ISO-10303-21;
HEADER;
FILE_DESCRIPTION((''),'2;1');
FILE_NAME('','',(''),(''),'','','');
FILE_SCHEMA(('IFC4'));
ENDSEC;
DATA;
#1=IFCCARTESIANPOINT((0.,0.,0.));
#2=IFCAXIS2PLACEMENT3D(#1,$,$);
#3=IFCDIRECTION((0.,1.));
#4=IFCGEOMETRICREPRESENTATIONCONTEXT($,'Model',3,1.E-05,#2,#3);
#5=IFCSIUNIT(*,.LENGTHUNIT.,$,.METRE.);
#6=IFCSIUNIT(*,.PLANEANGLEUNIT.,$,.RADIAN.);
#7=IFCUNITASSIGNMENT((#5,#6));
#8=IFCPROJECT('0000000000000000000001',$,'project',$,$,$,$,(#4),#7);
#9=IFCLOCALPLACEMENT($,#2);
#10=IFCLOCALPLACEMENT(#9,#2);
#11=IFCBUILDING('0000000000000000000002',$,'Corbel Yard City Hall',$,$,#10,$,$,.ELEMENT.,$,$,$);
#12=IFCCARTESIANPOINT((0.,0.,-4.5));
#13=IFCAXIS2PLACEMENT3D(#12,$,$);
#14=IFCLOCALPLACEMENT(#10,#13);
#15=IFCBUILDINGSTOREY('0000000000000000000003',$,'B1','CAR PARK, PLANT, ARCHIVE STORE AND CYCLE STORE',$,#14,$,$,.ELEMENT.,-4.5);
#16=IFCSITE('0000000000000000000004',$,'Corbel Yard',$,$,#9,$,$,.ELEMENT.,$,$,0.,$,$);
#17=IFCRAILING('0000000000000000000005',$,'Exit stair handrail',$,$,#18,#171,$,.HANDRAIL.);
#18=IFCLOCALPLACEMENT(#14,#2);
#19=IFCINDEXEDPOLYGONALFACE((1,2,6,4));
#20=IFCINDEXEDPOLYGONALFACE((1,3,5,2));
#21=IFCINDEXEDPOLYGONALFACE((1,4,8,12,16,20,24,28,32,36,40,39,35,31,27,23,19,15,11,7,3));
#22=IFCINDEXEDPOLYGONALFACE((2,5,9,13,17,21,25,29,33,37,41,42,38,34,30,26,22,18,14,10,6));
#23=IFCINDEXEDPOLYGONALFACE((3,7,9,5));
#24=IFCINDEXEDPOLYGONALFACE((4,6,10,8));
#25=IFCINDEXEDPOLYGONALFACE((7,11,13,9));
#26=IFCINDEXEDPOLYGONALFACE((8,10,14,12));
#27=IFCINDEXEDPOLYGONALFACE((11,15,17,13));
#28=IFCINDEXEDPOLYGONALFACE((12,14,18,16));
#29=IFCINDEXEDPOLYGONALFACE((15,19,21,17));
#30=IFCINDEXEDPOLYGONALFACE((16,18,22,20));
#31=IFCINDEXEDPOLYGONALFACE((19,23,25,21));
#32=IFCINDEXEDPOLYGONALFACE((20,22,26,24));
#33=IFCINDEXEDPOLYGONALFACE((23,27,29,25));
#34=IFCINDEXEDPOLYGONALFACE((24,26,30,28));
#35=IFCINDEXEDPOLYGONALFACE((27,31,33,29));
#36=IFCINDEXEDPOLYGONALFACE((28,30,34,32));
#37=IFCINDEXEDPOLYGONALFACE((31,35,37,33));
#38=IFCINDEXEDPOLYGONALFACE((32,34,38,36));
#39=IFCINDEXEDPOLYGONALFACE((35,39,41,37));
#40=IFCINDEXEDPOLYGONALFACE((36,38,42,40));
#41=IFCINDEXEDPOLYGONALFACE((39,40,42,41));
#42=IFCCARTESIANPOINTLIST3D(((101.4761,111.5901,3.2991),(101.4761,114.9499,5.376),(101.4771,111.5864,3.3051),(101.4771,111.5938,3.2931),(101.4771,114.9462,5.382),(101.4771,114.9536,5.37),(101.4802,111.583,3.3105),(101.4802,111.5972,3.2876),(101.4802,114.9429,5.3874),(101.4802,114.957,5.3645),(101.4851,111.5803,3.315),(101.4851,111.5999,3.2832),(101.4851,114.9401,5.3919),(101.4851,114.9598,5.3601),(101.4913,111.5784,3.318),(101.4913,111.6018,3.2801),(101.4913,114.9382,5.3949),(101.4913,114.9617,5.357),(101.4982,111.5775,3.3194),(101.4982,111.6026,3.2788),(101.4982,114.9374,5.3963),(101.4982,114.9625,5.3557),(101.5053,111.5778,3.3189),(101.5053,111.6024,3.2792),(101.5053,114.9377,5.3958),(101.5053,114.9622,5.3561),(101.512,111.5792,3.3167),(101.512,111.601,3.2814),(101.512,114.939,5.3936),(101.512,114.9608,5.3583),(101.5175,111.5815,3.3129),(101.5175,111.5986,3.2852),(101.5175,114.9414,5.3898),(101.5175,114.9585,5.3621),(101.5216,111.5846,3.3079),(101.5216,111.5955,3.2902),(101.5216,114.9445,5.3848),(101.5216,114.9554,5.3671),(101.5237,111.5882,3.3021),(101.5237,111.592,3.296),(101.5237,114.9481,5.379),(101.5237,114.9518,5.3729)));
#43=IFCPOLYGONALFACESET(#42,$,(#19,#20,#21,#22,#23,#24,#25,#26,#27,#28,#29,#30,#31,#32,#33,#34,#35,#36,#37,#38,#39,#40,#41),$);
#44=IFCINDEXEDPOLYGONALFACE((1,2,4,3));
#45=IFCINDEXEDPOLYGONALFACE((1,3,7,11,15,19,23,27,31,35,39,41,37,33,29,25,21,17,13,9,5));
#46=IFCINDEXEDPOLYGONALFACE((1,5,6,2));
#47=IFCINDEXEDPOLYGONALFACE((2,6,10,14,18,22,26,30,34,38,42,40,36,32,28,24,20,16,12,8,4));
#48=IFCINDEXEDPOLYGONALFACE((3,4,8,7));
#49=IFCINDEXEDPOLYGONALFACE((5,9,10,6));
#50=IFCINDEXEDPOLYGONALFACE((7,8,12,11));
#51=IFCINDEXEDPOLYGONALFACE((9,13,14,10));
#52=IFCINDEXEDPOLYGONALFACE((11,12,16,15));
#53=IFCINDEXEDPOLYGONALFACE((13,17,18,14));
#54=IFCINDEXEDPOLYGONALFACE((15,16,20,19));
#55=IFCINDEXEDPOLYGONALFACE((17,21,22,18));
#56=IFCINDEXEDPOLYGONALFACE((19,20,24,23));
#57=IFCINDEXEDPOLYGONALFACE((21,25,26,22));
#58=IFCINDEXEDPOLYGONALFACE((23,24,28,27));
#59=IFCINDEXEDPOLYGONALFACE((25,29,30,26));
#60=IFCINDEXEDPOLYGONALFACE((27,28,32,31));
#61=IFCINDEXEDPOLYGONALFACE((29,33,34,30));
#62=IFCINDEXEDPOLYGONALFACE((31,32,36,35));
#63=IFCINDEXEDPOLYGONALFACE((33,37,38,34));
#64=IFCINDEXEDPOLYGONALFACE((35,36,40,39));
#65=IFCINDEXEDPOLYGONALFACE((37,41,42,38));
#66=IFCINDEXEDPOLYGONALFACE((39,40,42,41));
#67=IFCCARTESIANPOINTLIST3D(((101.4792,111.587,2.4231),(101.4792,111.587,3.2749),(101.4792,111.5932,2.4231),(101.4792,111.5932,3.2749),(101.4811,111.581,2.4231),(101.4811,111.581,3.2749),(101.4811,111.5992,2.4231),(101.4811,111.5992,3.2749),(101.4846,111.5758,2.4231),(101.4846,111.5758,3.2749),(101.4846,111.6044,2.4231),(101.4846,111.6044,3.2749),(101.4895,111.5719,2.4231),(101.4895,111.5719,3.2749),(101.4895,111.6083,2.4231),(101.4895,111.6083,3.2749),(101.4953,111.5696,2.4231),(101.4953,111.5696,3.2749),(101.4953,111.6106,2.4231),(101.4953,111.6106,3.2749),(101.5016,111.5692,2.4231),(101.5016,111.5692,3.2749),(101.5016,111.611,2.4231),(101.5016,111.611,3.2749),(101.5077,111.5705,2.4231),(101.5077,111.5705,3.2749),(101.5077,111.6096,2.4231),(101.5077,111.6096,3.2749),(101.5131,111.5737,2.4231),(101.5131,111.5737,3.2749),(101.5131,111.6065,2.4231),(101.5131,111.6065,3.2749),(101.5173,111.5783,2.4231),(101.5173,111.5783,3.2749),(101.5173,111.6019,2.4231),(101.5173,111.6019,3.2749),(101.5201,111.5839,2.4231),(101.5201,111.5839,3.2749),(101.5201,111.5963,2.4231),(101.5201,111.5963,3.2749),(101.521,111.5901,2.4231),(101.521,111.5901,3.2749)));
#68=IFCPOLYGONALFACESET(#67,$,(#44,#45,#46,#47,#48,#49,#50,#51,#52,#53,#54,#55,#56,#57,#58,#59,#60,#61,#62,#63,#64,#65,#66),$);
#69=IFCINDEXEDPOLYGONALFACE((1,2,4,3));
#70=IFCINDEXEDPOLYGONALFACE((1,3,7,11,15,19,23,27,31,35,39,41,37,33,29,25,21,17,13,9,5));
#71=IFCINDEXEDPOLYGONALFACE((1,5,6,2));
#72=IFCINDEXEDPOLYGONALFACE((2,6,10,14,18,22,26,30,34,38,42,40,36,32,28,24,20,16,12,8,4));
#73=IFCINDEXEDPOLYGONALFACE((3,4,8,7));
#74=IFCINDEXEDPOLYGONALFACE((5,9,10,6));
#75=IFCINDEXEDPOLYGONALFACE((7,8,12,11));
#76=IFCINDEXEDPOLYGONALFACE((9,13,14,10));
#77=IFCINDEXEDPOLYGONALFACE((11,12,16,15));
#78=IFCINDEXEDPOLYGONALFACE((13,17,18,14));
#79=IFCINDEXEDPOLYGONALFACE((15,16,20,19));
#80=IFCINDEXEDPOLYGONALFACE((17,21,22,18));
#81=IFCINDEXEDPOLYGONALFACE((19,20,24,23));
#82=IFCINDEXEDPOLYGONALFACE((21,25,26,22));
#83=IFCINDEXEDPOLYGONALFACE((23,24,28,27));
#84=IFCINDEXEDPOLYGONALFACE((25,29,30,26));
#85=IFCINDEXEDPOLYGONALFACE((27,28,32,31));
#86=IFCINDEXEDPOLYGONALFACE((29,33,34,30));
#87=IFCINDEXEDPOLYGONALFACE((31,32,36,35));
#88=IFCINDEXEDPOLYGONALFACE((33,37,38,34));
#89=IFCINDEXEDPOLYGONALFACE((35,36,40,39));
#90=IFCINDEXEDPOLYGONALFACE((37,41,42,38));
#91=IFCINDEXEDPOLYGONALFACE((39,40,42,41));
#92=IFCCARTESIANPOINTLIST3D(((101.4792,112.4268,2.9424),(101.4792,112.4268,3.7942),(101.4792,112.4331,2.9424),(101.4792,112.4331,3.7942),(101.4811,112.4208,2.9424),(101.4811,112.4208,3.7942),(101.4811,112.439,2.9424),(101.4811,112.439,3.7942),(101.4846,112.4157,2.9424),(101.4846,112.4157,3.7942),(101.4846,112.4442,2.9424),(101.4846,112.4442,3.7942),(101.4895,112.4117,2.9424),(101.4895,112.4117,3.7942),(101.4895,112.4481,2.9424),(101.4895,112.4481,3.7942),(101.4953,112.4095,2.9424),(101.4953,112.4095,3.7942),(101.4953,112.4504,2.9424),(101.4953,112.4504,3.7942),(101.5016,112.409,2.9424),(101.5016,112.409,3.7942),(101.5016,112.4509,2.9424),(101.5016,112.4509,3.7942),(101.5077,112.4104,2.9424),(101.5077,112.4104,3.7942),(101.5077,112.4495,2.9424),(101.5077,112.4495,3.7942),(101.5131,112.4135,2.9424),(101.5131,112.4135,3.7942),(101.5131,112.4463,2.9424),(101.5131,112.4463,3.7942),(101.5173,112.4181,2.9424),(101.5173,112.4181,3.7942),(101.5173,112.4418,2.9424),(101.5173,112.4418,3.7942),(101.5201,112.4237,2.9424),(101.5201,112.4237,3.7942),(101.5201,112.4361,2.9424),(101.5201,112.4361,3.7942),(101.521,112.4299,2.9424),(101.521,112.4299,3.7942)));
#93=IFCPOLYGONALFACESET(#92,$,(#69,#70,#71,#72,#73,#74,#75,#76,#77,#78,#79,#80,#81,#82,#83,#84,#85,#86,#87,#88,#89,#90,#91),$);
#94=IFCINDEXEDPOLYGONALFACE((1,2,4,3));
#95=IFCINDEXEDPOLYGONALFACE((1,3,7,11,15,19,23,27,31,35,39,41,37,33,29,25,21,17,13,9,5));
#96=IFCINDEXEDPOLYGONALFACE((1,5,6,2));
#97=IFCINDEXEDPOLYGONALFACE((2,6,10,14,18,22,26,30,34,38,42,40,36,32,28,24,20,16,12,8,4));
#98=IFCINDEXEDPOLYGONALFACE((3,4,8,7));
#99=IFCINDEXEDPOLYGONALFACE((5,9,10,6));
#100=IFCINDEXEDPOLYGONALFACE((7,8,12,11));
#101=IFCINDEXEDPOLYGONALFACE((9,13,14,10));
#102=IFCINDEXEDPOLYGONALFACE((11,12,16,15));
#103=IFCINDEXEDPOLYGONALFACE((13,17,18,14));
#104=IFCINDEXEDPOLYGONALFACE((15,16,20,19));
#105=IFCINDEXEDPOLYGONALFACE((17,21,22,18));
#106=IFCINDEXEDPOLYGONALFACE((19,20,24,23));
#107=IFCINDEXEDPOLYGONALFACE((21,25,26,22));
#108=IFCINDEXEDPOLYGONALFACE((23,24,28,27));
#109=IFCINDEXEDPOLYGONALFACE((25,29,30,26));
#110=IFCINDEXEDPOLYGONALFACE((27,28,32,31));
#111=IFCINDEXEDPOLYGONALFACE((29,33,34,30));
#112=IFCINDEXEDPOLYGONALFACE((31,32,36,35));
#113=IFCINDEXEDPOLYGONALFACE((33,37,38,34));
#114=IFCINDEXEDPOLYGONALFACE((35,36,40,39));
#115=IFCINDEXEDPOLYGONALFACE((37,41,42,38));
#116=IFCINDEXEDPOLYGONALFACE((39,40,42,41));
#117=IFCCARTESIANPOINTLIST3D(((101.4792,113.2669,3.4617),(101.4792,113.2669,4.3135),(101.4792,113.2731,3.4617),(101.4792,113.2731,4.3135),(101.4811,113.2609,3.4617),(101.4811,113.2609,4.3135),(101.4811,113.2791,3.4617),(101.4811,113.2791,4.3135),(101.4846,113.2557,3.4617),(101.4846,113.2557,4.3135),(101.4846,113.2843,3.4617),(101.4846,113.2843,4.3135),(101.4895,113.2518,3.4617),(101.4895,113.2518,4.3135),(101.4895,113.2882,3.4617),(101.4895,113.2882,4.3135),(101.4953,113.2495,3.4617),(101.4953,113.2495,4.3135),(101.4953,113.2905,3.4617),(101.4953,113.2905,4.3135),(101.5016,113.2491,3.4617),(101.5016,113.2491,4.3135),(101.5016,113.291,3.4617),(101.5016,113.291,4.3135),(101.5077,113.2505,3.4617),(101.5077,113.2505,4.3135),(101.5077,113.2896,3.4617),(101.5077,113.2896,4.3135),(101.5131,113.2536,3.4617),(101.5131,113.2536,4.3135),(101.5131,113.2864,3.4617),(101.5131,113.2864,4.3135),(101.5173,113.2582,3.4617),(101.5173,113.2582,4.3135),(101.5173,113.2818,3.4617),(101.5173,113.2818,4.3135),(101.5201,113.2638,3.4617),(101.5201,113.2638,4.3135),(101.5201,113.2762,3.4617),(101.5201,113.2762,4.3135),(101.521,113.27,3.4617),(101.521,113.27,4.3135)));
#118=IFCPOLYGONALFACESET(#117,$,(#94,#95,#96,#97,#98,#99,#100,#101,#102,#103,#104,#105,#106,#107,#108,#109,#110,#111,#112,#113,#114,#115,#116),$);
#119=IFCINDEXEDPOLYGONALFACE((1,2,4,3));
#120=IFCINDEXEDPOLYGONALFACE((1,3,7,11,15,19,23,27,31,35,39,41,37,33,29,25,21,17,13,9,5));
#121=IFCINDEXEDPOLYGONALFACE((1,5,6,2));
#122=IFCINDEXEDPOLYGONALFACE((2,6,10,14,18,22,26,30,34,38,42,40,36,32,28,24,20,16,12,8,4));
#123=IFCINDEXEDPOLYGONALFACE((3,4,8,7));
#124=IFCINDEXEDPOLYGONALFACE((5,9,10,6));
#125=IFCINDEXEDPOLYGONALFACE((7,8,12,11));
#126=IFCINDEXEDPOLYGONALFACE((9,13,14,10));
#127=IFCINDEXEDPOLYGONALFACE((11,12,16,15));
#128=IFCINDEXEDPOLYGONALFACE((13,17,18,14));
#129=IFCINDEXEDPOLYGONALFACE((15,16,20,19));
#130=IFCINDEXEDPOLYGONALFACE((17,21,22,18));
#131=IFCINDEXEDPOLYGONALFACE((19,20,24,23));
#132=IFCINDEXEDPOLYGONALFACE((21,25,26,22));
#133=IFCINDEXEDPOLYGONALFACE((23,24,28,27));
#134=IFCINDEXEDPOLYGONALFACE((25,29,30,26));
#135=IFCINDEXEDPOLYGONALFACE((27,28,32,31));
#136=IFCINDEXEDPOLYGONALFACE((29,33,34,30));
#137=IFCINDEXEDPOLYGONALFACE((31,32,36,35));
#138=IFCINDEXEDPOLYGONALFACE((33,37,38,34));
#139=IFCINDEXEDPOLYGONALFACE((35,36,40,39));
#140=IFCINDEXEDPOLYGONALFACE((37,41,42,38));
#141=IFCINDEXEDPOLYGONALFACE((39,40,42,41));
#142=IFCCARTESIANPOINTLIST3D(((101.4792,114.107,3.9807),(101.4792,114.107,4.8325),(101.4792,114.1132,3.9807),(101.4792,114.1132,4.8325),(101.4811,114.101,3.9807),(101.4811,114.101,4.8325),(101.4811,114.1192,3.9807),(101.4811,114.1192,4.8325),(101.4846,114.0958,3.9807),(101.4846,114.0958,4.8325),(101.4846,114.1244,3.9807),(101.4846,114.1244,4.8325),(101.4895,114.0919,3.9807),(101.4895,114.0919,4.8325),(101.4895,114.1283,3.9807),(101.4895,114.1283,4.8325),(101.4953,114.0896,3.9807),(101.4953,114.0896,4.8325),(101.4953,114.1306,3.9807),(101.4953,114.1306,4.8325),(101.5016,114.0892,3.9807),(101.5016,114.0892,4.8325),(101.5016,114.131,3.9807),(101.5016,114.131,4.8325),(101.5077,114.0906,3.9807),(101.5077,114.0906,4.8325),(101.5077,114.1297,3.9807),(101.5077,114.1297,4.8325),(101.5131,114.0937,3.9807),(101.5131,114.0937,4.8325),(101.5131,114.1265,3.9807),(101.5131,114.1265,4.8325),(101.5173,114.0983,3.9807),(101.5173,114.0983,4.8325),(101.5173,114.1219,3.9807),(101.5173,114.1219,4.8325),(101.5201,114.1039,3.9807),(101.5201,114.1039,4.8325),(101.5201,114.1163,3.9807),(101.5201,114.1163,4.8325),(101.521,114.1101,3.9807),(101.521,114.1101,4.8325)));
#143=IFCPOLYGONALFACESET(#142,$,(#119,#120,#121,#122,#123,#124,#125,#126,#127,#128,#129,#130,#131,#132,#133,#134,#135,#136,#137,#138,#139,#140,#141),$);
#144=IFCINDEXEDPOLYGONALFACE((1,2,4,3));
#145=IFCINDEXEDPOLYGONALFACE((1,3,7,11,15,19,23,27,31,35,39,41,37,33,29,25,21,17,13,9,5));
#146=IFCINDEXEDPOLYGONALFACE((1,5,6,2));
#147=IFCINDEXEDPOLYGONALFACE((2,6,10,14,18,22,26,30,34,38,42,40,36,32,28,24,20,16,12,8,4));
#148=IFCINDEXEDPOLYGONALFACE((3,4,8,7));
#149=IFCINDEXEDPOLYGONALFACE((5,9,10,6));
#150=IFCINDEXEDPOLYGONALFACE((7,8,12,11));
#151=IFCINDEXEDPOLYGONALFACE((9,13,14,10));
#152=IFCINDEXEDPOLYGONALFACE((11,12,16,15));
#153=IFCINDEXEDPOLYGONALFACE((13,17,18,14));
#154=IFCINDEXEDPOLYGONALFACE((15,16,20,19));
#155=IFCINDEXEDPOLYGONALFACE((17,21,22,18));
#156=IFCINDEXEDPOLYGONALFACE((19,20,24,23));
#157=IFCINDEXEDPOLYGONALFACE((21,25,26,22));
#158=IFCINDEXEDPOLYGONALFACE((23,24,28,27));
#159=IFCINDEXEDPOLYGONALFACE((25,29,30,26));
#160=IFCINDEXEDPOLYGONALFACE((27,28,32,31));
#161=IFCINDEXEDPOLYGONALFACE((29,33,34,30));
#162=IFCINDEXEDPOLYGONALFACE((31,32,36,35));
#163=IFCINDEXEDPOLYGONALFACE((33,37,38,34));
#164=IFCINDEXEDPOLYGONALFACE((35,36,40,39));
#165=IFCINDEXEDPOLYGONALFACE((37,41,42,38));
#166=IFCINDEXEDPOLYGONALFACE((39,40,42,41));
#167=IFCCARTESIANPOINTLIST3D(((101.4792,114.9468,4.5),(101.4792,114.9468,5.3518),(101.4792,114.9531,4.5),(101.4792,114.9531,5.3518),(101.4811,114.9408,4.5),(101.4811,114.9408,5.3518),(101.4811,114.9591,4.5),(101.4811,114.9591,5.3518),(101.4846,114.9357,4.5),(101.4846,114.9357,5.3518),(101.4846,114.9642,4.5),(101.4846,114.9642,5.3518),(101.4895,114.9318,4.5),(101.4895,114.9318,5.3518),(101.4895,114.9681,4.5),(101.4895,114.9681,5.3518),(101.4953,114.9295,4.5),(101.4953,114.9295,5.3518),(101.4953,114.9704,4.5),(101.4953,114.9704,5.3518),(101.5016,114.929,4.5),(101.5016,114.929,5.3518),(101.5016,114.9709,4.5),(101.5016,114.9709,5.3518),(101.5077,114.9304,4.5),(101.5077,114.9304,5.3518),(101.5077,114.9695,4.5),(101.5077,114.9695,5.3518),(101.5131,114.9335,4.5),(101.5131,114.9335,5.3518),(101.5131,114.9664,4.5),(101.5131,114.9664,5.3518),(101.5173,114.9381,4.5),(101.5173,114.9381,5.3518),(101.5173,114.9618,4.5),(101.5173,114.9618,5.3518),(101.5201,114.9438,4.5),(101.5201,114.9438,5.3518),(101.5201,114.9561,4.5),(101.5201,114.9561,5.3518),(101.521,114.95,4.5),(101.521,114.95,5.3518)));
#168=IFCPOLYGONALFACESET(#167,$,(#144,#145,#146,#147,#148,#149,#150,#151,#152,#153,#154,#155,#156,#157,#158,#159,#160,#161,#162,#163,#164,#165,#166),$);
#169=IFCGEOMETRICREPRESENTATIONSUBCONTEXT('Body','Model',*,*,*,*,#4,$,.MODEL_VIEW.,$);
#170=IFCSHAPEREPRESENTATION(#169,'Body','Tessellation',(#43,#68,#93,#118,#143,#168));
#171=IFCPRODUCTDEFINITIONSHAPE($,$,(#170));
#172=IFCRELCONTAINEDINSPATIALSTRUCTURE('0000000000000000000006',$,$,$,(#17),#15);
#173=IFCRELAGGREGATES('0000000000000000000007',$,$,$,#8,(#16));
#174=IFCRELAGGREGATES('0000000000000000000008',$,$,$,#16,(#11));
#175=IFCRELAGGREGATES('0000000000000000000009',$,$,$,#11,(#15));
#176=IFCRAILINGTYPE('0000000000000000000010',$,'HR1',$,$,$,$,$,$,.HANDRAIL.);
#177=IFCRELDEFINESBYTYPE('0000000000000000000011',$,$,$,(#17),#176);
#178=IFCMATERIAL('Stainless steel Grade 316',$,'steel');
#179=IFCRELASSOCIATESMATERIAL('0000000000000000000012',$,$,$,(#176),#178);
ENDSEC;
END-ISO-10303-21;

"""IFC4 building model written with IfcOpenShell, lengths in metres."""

from ifc_helpers import new_model, si_unit, direction, frame, origin, origin_2d, place, context, subcontext, project, spatial, circle, extrude, material, type_object, element, save


model = new_model("IFC4")

# Units and contexts
model_context = context("Model", 3, precision=1e-05, world=origin(), true_north=direction((0.0, 1.0)))
body_context = subcontext(model_context, "Body", "Model", "MODEL_VIEW")
ifc_project = project(units=[si_unit("LENGTHUNIT", "METRE"), si_unit("PLANEANGLEUNIT", "RADIAN")], contexts=[model_context])

# Site, building, storey
site_placement = place(None, origin())
site = spatial("IfcSite", under=ifc_project, at=site_placement, Name="Corbel Yard", CompositionType="ELEMENT", RefElevation=0.0)
building_placement = place(site_placement, origin())
building = spatial("IfcBuilding", under=site, at=building_placement, Name="Corbel Yard City Hall", CompositionType="ELEMENT")
storey_placement = place(building_placement, frame((0.0, 0.0, -4.5)))
storey = spatial("IfcBuildingStorey", under=building, at=storey_placement, Name="B1", Description="CAR PARK, PLANT, ARCHIVE STORE AND CYCLE STORE", CompositionType="ELEMENT", Elevation=-4.5)

# Shared definitions
ifc_material_1 = material(Name="Stainless steel Grade 316", Category="steel")

# Railing
railing_type = type_object("IfcRailingType", Name="HR1", PredefinedType="HANDRAIL", material=ifc_material_1)
for number, where, name in (
    (1, (101.5, 111.5901, 2.4231), "Exit stair handrail"),
):
    element("IfcRailing", number, at=place(storey_placement, frame(where)), inside=storey, type_object=railing_type, Name=name, PredefinedType="HANDRAIL", context=body_context, shape_type="SweptSolid", body=[
        extrude(circle(Radius=0.0239, at=origin_2d()), frame((0.0, 0.0, 0.876), z_axis=(0.0, 0.850606, 0.525803), x_axis=(-1.0, 0.0, 0.0)), (0.0, 0.0, 1.0), 3.95),
        extrude(circle(Radius=0.021, at=origin_2d()), origin(), (0.0, 0.0, 1.0), 0.8518),
        extrude(circle(Radius=0.021, at=origin_2d()), frame((0.0, 0.8398, 0.5193)), (0.0, 0.0, 1.0), 0.8518),
        extrude(circle(Radius=0.021, at=origin_2d()), frame((0.0, 1.6799, 1.0386)), (0.0, 0.0, 1.0), 0.8518),
        extrude(circle(Radius=0.021, at=origin_2d()), frame((0.0, 2.52, 1.5576)), (0.0, 0.0, 1.0), 0.8518),
        extrude(circle(Radius=0.021, at=origin_2d()), frame((0.0, 3.3599, 2.0769)), (0.0, 0.0, 1.0), 0.8518),
    ])

save(model, "model.ifc")
